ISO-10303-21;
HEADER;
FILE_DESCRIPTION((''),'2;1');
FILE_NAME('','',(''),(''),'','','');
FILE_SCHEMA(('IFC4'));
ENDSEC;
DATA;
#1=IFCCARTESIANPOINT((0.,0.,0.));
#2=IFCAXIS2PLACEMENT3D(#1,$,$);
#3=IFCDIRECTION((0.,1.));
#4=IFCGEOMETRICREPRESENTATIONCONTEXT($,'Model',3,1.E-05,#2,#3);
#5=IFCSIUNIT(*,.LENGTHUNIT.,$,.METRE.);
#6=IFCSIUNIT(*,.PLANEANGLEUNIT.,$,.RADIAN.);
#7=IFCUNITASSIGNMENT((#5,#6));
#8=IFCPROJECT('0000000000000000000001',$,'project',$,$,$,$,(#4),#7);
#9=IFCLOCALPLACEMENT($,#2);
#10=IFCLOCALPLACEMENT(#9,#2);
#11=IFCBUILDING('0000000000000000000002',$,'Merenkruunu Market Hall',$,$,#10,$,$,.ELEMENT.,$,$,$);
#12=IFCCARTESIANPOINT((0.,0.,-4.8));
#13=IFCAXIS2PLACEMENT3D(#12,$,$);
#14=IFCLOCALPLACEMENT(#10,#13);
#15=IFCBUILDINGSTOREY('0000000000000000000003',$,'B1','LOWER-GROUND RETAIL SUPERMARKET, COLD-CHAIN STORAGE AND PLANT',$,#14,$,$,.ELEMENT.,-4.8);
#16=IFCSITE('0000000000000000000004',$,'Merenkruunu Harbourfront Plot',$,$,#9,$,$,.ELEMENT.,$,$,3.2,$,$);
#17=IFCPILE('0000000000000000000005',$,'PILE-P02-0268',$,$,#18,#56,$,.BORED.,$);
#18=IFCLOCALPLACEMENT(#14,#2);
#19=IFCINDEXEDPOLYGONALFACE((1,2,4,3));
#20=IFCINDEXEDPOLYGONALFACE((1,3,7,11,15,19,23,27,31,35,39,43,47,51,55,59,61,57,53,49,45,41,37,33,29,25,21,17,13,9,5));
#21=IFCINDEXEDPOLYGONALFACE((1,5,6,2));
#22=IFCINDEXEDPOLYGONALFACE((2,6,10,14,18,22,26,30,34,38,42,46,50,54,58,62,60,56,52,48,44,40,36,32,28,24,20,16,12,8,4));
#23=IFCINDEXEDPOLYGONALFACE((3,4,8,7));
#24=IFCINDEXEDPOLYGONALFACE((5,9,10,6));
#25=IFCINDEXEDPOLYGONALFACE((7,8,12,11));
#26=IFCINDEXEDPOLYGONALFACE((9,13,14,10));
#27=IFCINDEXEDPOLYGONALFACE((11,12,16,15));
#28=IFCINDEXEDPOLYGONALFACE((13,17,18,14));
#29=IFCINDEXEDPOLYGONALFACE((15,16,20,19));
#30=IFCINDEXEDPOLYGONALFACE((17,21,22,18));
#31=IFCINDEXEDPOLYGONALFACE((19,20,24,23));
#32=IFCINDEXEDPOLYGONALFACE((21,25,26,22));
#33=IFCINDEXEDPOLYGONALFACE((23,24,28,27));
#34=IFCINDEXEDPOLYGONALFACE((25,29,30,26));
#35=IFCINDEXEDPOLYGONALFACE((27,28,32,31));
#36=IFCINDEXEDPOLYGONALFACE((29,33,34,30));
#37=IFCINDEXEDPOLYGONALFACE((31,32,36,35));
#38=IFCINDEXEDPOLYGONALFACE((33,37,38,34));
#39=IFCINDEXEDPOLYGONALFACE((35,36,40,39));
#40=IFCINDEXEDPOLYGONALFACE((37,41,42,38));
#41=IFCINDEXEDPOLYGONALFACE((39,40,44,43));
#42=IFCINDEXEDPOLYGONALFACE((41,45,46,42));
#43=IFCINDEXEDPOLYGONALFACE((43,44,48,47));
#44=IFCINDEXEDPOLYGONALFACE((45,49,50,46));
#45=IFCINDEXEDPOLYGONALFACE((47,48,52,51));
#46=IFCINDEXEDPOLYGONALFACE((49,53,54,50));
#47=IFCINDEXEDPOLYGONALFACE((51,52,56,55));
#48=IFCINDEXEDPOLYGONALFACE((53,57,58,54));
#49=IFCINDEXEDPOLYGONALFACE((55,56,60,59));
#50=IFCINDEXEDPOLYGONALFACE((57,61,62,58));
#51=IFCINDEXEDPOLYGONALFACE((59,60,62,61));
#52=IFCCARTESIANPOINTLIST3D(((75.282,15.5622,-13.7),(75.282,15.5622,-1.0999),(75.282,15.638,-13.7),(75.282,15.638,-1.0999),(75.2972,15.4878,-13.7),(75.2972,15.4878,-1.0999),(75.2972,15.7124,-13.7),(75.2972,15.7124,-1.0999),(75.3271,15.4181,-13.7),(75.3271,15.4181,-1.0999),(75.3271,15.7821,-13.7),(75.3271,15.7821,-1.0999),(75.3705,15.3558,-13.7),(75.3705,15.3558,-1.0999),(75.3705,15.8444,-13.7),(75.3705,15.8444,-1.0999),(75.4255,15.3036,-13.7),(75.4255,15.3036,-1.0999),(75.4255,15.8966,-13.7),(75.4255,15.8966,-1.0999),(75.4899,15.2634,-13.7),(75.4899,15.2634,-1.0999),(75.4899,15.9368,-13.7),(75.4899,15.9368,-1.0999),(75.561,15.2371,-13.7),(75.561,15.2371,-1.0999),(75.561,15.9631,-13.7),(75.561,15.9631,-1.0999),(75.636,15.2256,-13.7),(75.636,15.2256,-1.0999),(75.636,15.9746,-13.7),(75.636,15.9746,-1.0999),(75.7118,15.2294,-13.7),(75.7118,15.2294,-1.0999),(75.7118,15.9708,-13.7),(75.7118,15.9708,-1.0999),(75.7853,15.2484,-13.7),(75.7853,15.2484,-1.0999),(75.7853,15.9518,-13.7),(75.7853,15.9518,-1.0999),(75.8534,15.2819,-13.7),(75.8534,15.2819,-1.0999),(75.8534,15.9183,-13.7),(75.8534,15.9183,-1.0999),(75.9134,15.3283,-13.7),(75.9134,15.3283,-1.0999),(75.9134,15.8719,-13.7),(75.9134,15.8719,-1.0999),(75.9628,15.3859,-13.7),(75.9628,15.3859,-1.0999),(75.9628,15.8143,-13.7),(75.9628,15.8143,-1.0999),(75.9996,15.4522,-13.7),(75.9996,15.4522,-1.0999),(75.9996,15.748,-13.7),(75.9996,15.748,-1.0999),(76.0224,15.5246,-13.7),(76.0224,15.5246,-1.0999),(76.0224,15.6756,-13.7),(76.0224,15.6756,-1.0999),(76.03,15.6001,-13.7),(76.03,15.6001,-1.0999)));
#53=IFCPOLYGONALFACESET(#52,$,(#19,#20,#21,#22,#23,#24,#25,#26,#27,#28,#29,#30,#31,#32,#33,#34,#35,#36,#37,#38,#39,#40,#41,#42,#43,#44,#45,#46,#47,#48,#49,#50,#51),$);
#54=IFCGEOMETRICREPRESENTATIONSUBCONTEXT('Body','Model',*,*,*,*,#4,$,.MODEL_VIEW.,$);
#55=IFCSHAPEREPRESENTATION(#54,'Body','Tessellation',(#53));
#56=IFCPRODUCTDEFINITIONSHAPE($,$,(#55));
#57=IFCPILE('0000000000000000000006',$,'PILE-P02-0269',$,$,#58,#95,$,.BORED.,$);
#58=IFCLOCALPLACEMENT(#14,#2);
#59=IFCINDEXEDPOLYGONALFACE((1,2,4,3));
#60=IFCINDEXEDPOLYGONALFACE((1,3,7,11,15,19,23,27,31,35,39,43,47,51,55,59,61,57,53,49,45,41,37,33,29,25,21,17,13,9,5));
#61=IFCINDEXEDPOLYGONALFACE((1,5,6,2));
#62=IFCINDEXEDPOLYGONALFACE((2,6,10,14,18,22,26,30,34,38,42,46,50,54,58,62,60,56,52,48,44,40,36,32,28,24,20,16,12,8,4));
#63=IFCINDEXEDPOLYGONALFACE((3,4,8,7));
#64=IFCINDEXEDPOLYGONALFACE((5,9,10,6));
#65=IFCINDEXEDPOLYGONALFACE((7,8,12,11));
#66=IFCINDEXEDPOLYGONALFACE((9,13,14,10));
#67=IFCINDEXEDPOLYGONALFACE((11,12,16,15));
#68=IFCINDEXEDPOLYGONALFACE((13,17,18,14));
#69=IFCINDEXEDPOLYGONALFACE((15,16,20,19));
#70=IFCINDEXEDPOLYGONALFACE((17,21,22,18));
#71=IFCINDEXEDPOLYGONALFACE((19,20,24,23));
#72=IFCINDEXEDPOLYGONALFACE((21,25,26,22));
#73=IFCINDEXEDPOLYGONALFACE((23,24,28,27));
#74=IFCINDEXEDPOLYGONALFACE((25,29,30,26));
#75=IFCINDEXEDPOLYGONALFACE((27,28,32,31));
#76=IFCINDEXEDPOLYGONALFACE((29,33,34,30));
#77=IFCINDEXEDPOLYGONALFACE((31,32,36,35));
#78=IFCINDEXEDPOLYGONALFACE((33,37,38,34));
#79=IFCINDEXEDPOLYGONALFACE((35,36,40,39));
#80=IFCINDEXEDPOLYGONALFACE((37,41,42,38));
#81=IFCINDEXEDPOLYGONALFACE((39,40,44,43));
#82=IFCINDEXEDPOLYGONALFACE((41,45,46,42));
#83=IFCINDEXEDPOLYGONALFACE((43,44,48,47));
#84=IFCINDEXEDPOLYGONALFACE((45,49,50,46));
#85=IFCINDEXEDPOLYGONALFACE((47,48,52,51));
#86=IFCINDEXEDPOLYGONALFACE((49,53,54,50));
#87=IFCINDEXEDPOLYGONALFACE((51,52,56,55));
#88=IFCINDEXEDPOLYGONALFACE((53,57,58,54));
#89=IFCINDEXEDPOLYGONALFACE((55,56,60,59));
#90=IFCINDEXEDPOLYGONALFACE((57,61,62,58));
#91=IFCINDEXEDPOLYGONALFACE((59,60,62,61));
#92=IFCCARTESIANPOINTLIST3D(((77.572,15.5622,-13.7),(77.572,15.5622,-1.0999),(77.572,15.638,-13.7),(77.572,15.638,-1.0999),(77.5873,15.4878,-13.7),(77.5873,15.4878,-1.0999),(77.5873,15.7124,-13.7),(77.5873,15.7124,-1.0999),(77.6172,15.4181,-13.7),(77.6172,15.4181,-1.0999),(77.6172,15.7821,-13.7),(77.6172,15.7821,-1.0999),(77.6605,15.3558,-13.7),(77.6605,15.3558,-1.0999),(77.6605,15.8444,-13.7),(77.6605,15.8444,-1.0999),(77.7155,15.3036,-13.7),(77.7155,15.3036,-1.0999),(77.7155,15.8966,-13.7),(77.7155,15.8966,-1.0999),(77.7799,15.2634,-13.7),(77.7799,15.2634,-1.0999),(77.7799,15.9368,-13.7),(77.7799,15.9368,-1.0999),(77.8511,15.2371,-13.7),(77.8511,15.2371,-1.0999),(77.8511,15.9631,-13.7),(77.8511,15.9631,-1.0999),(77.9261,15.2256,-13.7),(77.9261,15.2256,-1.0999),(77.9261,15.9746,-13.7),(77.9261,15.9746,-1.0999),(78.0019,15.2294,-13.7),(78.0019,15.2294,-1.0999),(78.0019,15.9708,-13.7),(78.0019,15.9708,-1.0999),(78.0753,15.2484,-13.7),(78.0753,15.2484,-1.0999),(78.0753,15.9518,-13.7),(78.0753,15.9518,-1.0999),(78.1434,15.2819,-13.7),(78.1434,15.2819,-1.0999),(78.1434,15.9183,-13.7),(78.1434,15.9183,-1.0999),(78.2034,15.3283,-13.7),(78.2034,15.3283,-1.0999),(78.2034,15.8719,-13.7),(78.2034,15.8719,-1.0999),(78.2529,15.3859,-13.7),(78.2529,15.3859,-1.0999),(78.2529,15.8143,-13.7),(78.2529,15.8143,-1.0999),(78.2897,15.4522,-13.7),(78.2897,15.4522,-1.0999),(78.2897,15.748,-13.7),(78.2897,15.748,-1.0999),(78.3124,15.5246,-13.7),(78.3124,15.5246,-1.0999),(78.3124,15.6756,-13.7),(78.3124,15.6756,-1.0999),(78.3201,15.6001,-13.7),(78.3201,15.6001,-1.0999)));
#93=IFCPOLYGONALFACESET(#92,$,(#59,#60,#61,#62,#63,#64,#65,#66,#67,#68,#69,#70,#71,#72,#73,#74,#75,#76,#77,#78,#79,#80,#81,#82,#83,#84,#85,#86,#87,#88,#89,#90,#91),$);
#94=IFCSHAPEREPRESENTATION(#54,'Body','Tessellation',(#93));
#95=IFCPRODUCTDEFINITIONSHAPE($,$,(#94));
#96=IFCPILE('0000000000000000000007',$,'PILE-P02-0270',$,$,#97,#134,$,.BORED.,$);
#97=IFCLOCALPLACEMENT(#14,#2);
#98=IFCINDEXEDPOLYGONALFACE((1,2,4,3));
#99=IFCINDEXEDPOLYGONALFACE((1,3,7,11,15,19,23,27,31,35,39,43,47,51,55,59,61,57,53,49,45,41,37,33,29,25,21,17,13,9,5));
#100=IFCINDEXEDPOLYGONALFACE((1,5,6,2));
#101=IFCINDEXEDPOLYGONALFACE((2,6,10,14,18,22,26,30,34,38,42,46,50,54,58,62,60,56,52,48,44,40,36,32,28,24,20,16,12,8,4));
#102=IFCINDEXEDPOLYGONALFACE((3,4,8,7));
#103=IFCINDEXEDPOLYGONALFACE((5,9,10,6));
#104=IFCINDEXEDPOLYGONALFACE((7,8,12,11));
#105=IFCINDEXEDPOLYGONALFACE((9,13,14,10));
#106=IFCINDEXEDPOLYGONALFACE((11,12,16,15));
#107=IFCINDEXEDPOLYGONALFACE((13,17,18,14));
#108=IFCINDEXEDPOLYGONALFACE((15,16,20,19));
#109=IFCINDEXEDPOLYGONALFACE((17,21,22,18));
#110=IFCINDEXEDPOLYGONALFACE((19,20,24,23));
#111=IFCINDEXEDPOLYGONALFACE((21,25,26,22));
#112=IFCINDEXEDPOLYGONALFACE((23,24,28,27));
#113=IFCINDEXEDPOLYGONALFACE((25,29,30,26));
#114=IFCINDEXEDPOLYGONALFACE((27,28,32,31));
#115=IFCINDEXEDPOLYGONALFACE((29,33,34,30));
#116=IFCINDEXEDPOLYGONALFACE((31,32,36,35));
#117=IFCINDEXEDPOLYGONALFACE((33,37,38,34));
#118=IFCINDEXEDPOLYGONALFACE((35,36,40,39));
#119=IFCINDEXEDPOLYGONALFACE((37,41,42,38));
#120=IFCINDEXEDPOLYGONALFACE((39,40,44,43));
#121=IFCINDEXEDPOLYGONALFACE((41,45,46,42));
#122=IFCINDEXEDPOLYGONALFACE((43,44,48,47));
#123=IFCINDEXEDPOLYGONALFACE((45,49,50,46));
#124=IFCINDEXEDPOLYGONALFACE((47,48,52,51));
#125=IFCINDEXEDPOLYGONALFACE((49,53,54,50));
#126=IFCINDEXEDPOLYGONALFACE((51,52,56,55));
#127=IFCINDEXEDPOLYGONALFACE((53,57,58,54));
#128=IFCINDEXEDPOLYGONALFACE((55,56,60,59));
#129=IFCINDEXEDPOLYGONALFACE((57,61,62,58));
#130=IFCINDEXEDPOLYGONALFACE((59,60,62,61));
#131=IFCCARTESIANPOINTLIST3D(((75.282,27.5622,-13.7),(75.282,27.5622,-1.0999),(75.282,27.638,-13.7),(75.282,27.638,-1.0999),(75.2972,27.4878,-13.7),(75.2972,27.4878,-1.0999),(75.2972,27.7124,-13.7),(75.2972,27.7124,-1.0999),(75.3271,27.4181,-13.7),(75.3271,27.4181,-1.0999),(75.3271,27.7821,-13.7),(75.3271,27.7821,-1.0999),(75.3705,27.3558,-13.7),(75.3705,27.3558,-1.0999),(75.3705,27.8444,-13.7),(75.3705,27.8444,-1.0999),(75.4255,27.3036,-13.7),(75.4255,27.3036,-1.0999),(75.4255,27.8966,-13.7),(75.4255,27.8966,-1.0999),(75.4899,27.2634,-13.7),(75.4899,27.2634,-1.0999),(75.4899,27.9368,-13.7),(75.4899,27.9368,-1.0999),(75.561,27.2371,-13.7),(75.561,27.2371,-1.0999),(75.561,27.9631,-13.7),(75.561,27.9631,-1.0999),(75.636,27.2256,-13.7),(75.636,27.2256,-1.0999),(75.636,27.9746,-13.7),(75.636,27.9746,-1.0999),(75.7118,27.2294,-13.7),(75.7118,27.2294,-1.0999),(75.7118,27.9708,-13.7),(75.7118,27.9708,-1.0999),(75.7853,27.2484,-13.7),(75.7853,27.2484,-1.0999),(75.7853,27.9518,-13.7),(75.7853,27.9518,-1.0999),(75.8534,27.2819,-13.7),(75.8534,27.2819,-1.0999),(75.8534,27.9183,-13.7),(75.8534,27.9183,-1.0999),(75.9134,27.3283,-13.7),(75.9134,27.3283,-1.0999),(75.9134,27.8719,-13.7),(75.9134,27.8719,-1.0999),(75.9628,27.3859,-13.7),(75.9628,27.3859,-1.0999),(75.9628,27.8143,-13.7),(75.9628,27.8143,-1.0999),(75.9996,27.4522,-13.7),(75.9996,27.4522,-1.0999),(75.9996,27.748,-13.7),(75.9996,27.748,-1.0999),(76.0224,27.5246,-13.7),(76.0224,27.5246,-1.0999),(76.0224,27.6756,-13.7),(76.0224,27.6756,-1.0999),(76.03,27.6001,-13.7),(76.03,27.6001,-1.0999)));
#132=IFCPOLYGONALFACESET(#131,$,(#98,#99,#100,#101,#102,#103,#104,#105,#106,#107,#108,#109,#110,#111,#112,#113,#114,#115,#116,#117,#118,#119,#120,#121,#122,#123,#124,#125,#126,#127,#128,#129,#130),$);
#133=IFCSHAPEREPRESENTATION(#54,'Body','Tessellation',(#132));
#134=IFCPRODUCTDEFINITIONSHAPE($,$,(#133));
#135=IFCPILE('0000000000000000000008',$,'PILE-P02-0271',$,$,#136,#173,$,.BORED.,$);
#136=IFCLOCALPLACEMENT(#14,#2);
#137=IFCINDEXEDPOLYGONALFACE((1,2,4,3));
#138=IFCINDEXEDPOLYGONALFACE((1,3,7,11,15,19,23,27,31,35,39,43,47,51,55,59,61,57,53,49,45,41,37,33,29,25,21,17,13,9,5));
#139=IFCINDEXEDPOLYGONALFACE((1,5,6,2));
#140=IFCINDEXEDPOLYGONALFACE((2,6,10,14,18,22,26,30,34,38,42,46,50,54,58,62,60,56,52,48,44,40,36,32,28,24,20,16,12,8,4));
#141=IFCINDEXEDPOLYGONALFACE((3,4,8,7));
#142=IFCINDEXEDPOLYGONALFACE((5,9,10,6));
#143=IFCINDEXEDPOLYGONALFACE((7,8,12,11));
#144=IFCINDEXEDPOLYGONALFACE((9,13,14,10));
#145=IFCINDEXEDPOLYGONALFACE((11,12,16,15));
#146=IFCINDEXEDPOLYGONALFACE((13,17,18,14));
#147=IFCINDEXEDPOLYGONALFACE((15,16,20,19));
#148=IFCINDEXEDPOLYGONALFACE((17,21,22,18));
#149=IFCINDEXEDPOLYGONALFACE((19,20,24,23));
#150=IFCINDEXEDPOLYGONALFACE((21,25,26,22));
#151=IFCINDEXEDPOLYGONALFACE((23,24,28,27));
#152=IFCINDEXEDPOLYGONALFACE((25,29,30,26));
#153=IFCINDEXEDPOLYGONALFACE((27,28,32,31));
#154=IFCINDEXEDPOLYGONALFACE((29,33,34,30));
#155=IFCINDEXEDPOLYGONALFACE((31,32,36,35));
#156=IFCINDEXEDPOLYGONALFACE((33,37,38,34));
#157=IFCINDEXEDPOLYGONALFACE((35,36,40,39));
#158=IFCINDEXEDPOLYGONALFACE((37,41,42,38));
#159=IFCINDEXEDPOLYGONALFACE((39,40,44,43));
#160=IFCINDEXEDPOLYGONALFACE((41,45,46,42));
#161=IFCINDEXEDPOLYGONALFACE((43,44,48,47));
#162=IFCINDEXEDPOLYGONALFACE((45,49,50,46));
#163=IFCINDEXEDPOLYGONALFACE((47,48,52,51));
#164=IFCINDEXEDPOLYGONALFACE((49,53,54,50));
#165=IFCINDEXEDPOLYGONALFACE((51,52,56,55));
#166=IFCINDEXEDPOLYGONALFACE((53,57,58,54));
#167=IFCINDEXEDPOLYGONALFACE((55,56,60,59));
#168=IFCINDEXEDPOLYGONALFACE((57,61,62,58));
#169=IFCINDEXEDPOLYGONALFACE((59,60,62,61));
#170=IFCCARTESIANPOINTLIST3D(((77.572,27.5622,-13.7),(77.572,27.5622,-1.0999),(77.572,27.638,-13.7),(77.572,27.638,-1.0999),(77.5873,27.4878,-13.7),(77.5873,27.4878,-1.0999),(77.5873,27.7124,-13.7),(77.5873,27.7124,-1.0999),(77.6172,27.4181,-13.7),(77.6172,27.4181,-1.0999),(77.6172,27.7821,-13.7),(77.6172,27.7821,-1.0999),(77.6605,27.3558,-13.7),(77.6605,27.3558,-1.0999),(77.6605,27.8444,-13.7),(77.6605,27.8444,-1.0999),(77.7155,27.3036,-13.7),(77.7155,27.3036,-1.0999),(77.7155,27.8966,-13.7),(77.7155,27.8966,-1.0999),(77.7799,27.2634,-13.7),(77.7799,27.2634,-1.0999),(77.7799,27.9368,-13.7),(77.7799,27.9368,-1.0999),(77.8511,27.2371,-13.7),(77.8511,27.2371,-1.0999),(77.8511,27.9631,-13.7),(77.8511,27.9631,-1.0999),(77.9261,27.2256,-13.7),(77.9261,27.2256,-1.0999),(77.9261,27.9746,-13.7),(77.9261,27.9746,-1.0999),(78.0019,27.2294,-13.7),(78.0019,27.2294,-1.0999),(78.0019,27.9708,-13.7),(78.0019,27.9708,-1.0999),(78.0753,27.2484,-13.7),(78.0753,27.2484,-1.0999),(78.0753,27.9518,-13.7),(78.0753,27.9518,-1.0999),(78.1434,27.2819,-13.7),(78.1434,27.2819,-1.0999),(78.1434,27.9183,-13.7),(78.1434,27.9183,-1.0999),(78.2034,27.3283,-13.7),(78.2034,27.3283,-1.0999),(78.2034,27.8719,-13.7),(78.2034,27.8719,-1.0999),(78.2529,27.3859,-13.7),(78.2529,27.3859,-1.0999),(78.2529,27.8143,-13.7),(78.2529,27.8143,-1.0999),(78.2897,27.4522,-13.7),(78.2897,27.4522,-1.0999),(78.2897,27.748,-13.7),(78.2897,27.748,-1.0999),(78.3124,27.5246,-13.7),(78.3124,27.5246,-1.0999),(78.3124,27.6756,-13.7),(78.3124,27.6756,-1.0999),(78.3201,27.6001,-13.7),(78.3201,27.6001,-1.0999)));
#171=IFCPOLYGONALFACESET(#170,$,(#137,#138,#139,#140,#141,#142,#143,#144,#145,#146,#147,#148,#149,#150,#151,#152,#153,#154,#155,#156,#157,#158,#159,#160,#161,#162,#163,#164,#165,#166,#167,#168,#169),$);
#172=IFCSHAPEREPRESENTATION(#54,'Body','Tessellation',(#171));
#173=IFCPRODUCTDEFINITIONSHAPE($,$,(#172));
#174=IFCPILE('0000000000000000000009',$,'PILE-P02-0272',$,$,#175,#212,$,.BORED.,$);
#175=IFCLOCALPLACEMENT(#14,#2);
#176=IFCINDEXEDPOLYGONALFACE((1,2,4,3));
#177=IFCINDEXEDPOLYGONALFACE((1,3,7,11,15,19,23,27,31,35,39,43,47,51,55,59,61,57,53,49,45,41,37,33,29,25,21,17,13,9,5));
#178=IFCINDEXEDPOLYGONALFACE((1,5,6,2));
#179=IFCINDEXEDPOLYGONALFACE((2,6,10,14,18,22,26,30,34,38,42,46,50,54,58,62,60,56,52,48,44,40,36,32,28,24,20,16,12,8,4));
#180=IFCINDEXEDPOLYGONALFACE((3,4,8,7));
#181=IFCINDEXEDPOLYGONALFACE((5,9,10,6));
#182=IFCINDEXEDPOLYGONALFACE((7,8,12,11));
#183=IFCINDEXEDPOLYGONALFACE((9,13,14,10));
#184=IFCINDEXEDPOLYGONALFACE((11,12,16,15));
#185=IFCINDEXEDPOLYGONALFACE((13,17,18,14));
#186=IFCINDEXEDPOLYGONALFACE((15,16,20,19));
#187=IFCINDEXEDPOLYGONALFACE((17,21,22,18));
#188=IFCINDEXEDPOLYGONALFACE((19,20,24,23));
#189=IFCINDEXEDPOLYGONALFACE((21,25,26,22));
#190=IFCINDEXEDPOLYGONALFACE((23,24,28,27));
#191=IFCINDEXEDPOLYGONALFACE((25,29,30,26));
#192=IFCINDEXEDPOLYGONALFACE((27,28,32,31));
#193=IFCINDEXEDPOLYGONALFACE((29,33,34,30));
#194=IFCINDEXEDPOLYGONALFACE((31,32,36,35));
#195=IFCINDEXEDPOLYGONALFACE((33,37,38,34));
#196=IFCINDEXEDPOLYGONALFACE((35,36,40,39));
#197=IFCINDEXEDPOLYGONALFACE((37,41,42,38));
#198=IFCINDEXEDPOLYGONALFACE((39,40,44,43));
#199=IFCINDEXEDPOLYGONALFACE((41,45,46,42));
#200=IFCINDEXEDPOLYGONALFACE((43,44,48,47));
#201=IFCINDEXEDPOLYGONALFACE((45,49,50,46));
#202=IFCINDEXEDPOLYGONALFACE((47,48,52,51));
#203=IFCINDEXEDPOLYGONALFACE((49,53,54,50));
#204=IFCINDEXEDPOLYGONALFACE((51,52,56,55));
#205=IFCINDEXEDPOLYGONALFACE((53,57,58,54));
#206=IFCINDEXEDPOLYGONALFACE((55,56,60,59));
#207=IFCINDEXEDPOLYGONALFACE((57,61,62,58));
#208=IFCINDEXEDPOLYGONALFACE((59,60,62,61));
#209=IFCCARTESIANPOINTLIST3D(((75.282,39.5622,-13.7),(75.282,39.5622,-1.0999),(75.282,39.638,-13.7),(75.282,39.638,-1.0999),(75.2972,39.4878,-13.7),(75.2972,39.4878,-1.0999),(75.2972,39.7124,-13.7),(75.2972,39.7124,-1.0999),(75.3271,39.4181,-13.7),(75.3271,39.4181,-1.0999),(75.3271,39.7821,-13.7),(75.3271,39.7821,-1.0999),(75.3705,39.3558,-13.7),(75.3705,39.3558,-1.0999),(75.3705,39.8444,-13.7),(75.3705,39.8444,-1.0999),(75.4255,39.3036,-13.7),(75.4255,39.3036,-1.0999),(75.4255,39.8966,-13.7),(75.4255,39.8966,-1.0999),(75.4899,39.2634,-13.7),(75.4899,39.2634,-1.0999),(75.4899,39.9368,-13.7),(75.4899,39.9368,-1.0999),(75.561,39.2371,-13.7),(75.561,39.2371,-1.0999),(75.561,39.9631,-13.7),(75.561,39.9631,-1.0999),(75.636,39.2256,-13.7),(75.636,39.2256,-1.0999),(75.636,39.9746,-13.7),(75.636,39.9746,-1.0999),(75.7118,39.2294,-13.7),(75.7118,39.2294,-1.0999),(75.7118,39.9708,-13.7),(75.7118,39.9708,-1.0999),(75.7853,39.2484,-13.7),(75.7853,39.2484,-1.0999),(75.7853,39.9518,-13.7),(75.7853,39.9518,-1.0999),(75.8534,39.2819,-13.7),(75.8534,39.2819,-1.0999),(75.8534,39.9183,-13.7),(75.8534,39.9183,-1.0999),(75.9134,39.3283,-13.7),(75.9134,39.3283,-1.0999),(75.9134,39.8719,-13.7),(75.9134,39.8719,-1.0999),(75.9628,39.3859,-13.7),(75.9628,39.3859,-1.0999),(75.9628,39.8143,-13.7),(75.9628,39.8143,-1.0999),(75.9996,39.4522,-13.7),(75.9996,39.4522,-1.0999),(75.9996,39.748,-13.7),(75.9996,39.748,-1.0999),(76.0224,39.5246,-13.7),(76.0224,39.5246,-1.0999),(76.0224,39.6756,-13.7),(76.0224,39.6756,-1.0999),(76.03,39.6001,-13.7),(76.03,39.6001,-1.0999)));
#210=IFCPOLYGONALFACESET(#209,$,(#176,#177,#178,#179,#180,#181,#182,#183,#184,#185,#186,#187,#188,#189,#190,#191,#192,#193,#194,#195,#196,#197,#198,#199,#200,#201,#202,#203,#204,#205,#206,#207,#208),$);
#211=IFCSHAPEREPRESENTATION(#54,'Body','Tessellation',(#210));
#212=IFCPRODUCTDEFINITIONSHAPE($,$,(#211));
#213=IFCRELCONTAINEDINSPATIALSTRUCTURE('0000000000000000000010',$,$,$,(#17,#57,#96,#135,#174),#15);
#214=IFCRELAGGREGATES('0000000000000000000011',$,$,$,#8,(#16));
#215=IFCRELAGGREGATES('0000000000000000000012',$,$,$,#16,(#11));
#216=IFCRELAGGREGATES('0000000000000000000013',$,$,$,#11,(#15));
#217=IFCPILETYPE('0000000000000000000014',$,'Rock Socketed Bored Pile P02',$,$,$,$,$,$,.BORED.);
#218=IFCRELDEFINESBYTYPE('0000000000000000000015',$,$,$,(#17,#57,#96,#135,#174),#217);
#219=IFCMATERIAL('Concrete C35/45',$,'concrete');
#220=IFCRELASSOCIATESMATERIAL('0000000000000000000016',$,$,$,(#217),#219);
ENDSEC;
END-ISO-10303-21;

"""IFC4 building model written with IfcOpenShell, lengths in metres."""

from ifc_helpers import new_model, si_unit, direction, frame, origin, origin_2d, place, context, subcontext, project, spatial, circle, extrude, material, material_profile, profile_set, type_object, element, save


model = new_model("IFC4")

# Units and contexts
model_context = context("Model", 3, precision=1e-05, world=origin(), true_north=direction((0.0, 1.0)))
body_context = subcontext(model_context, "Body", "Model", "MODEL_VIEW")
ifc_project = project(units=[si_unit("LENGTHUNIT", "METRE"), si_unit("PLANEANGLEUNIT", "RADIAN")], contexts=[model_context])

# Site, building, storey
site_placement = place(None, origin())
site = spatial("IfcSite", under=ifc_project, at=site_placement, Name="Merenkruunu Harbourfront Plot", CompositionType="ELEMENT", RefElevation=3.2)
building_placement = place(site_placement, origin())
building = spatial("IfcBuilding", under=site, at=building_placement, Name="Merenkruunu Market Hall", CompositionType="ELEMENT")
storey_placement = place(building_placement, frame((0.0, 0.0, -4.8)))
storey = spatial("IfcBuildingStorey", under=building, at=storey_placement, Name="B1", Description="LOWER-GROUND RETAIL SUPERMARKET, COLD-CHAIN STORAGE AND PLANT", CompositionType="ELEMENT", Elevation=-4.8)

# Shared definitions
ifc_material = material(Name="Concrete C35/45", Category="concrete")

# Piles
ifc_material_profile_1 = material_profile(ifc_material, circle(Radius=0.375, at=origin_2d()), Name="BORED PILE 750")
ifc_profile_set_1 = profile_set([ifc_material_profile_1], Name="Concrete C35/45")
pile_type_1 = type_object("IfcPileType", Name="Rock Socketed Bored Pile P02", PredefinedType="BORED", material=ifc_profile_set_1)
for number, where, z_axis, x_axis, name in (
    (1, (75.655, 15.6001, -1.0999), (0.0, 0.0, -1.0), (1.0, 0.0, 0.0), "PILE-P02-0268"),
    (2, (77.9451, 15.6001, -1.0999), (0.0, 0.0, -1.0), (1.0, 0.0, 0.0), "PILE-P02-0269"),
    (3, (75.655, 27.6001, -1.0999), (0.0, 0.0, -1.0), (1.0, 0.0, 0.0), "PILE-P02-0270"),
    (4, (77.9451, 27.6001, -1.0999), (0.0, 0.0, -1.0), (1.0, 0.0, 0.0), "PILE-P02-0271"),
    (5, (75.655, 39.6001, -1.0999), (0.0, 0.0, -1.0), (1.0, 0.0, 0.0), "PILE-P02-0272"),
):
    element("IfcPile", number, at=place(storey_placement, frame(where, z_axis=z_axis, x_axis=x_axis)), inside=storey, type_object=pile_type_1, Name=name, PredefinedType="BORED", context=body_context, shape_type="SweptSolid", body=[
        extrude(circle(Radius=0.375, at=origin_2d()), origin(), (0.0, 0.0, 1.0), 12.6001),
    ])

save(model, "model.ifc")
